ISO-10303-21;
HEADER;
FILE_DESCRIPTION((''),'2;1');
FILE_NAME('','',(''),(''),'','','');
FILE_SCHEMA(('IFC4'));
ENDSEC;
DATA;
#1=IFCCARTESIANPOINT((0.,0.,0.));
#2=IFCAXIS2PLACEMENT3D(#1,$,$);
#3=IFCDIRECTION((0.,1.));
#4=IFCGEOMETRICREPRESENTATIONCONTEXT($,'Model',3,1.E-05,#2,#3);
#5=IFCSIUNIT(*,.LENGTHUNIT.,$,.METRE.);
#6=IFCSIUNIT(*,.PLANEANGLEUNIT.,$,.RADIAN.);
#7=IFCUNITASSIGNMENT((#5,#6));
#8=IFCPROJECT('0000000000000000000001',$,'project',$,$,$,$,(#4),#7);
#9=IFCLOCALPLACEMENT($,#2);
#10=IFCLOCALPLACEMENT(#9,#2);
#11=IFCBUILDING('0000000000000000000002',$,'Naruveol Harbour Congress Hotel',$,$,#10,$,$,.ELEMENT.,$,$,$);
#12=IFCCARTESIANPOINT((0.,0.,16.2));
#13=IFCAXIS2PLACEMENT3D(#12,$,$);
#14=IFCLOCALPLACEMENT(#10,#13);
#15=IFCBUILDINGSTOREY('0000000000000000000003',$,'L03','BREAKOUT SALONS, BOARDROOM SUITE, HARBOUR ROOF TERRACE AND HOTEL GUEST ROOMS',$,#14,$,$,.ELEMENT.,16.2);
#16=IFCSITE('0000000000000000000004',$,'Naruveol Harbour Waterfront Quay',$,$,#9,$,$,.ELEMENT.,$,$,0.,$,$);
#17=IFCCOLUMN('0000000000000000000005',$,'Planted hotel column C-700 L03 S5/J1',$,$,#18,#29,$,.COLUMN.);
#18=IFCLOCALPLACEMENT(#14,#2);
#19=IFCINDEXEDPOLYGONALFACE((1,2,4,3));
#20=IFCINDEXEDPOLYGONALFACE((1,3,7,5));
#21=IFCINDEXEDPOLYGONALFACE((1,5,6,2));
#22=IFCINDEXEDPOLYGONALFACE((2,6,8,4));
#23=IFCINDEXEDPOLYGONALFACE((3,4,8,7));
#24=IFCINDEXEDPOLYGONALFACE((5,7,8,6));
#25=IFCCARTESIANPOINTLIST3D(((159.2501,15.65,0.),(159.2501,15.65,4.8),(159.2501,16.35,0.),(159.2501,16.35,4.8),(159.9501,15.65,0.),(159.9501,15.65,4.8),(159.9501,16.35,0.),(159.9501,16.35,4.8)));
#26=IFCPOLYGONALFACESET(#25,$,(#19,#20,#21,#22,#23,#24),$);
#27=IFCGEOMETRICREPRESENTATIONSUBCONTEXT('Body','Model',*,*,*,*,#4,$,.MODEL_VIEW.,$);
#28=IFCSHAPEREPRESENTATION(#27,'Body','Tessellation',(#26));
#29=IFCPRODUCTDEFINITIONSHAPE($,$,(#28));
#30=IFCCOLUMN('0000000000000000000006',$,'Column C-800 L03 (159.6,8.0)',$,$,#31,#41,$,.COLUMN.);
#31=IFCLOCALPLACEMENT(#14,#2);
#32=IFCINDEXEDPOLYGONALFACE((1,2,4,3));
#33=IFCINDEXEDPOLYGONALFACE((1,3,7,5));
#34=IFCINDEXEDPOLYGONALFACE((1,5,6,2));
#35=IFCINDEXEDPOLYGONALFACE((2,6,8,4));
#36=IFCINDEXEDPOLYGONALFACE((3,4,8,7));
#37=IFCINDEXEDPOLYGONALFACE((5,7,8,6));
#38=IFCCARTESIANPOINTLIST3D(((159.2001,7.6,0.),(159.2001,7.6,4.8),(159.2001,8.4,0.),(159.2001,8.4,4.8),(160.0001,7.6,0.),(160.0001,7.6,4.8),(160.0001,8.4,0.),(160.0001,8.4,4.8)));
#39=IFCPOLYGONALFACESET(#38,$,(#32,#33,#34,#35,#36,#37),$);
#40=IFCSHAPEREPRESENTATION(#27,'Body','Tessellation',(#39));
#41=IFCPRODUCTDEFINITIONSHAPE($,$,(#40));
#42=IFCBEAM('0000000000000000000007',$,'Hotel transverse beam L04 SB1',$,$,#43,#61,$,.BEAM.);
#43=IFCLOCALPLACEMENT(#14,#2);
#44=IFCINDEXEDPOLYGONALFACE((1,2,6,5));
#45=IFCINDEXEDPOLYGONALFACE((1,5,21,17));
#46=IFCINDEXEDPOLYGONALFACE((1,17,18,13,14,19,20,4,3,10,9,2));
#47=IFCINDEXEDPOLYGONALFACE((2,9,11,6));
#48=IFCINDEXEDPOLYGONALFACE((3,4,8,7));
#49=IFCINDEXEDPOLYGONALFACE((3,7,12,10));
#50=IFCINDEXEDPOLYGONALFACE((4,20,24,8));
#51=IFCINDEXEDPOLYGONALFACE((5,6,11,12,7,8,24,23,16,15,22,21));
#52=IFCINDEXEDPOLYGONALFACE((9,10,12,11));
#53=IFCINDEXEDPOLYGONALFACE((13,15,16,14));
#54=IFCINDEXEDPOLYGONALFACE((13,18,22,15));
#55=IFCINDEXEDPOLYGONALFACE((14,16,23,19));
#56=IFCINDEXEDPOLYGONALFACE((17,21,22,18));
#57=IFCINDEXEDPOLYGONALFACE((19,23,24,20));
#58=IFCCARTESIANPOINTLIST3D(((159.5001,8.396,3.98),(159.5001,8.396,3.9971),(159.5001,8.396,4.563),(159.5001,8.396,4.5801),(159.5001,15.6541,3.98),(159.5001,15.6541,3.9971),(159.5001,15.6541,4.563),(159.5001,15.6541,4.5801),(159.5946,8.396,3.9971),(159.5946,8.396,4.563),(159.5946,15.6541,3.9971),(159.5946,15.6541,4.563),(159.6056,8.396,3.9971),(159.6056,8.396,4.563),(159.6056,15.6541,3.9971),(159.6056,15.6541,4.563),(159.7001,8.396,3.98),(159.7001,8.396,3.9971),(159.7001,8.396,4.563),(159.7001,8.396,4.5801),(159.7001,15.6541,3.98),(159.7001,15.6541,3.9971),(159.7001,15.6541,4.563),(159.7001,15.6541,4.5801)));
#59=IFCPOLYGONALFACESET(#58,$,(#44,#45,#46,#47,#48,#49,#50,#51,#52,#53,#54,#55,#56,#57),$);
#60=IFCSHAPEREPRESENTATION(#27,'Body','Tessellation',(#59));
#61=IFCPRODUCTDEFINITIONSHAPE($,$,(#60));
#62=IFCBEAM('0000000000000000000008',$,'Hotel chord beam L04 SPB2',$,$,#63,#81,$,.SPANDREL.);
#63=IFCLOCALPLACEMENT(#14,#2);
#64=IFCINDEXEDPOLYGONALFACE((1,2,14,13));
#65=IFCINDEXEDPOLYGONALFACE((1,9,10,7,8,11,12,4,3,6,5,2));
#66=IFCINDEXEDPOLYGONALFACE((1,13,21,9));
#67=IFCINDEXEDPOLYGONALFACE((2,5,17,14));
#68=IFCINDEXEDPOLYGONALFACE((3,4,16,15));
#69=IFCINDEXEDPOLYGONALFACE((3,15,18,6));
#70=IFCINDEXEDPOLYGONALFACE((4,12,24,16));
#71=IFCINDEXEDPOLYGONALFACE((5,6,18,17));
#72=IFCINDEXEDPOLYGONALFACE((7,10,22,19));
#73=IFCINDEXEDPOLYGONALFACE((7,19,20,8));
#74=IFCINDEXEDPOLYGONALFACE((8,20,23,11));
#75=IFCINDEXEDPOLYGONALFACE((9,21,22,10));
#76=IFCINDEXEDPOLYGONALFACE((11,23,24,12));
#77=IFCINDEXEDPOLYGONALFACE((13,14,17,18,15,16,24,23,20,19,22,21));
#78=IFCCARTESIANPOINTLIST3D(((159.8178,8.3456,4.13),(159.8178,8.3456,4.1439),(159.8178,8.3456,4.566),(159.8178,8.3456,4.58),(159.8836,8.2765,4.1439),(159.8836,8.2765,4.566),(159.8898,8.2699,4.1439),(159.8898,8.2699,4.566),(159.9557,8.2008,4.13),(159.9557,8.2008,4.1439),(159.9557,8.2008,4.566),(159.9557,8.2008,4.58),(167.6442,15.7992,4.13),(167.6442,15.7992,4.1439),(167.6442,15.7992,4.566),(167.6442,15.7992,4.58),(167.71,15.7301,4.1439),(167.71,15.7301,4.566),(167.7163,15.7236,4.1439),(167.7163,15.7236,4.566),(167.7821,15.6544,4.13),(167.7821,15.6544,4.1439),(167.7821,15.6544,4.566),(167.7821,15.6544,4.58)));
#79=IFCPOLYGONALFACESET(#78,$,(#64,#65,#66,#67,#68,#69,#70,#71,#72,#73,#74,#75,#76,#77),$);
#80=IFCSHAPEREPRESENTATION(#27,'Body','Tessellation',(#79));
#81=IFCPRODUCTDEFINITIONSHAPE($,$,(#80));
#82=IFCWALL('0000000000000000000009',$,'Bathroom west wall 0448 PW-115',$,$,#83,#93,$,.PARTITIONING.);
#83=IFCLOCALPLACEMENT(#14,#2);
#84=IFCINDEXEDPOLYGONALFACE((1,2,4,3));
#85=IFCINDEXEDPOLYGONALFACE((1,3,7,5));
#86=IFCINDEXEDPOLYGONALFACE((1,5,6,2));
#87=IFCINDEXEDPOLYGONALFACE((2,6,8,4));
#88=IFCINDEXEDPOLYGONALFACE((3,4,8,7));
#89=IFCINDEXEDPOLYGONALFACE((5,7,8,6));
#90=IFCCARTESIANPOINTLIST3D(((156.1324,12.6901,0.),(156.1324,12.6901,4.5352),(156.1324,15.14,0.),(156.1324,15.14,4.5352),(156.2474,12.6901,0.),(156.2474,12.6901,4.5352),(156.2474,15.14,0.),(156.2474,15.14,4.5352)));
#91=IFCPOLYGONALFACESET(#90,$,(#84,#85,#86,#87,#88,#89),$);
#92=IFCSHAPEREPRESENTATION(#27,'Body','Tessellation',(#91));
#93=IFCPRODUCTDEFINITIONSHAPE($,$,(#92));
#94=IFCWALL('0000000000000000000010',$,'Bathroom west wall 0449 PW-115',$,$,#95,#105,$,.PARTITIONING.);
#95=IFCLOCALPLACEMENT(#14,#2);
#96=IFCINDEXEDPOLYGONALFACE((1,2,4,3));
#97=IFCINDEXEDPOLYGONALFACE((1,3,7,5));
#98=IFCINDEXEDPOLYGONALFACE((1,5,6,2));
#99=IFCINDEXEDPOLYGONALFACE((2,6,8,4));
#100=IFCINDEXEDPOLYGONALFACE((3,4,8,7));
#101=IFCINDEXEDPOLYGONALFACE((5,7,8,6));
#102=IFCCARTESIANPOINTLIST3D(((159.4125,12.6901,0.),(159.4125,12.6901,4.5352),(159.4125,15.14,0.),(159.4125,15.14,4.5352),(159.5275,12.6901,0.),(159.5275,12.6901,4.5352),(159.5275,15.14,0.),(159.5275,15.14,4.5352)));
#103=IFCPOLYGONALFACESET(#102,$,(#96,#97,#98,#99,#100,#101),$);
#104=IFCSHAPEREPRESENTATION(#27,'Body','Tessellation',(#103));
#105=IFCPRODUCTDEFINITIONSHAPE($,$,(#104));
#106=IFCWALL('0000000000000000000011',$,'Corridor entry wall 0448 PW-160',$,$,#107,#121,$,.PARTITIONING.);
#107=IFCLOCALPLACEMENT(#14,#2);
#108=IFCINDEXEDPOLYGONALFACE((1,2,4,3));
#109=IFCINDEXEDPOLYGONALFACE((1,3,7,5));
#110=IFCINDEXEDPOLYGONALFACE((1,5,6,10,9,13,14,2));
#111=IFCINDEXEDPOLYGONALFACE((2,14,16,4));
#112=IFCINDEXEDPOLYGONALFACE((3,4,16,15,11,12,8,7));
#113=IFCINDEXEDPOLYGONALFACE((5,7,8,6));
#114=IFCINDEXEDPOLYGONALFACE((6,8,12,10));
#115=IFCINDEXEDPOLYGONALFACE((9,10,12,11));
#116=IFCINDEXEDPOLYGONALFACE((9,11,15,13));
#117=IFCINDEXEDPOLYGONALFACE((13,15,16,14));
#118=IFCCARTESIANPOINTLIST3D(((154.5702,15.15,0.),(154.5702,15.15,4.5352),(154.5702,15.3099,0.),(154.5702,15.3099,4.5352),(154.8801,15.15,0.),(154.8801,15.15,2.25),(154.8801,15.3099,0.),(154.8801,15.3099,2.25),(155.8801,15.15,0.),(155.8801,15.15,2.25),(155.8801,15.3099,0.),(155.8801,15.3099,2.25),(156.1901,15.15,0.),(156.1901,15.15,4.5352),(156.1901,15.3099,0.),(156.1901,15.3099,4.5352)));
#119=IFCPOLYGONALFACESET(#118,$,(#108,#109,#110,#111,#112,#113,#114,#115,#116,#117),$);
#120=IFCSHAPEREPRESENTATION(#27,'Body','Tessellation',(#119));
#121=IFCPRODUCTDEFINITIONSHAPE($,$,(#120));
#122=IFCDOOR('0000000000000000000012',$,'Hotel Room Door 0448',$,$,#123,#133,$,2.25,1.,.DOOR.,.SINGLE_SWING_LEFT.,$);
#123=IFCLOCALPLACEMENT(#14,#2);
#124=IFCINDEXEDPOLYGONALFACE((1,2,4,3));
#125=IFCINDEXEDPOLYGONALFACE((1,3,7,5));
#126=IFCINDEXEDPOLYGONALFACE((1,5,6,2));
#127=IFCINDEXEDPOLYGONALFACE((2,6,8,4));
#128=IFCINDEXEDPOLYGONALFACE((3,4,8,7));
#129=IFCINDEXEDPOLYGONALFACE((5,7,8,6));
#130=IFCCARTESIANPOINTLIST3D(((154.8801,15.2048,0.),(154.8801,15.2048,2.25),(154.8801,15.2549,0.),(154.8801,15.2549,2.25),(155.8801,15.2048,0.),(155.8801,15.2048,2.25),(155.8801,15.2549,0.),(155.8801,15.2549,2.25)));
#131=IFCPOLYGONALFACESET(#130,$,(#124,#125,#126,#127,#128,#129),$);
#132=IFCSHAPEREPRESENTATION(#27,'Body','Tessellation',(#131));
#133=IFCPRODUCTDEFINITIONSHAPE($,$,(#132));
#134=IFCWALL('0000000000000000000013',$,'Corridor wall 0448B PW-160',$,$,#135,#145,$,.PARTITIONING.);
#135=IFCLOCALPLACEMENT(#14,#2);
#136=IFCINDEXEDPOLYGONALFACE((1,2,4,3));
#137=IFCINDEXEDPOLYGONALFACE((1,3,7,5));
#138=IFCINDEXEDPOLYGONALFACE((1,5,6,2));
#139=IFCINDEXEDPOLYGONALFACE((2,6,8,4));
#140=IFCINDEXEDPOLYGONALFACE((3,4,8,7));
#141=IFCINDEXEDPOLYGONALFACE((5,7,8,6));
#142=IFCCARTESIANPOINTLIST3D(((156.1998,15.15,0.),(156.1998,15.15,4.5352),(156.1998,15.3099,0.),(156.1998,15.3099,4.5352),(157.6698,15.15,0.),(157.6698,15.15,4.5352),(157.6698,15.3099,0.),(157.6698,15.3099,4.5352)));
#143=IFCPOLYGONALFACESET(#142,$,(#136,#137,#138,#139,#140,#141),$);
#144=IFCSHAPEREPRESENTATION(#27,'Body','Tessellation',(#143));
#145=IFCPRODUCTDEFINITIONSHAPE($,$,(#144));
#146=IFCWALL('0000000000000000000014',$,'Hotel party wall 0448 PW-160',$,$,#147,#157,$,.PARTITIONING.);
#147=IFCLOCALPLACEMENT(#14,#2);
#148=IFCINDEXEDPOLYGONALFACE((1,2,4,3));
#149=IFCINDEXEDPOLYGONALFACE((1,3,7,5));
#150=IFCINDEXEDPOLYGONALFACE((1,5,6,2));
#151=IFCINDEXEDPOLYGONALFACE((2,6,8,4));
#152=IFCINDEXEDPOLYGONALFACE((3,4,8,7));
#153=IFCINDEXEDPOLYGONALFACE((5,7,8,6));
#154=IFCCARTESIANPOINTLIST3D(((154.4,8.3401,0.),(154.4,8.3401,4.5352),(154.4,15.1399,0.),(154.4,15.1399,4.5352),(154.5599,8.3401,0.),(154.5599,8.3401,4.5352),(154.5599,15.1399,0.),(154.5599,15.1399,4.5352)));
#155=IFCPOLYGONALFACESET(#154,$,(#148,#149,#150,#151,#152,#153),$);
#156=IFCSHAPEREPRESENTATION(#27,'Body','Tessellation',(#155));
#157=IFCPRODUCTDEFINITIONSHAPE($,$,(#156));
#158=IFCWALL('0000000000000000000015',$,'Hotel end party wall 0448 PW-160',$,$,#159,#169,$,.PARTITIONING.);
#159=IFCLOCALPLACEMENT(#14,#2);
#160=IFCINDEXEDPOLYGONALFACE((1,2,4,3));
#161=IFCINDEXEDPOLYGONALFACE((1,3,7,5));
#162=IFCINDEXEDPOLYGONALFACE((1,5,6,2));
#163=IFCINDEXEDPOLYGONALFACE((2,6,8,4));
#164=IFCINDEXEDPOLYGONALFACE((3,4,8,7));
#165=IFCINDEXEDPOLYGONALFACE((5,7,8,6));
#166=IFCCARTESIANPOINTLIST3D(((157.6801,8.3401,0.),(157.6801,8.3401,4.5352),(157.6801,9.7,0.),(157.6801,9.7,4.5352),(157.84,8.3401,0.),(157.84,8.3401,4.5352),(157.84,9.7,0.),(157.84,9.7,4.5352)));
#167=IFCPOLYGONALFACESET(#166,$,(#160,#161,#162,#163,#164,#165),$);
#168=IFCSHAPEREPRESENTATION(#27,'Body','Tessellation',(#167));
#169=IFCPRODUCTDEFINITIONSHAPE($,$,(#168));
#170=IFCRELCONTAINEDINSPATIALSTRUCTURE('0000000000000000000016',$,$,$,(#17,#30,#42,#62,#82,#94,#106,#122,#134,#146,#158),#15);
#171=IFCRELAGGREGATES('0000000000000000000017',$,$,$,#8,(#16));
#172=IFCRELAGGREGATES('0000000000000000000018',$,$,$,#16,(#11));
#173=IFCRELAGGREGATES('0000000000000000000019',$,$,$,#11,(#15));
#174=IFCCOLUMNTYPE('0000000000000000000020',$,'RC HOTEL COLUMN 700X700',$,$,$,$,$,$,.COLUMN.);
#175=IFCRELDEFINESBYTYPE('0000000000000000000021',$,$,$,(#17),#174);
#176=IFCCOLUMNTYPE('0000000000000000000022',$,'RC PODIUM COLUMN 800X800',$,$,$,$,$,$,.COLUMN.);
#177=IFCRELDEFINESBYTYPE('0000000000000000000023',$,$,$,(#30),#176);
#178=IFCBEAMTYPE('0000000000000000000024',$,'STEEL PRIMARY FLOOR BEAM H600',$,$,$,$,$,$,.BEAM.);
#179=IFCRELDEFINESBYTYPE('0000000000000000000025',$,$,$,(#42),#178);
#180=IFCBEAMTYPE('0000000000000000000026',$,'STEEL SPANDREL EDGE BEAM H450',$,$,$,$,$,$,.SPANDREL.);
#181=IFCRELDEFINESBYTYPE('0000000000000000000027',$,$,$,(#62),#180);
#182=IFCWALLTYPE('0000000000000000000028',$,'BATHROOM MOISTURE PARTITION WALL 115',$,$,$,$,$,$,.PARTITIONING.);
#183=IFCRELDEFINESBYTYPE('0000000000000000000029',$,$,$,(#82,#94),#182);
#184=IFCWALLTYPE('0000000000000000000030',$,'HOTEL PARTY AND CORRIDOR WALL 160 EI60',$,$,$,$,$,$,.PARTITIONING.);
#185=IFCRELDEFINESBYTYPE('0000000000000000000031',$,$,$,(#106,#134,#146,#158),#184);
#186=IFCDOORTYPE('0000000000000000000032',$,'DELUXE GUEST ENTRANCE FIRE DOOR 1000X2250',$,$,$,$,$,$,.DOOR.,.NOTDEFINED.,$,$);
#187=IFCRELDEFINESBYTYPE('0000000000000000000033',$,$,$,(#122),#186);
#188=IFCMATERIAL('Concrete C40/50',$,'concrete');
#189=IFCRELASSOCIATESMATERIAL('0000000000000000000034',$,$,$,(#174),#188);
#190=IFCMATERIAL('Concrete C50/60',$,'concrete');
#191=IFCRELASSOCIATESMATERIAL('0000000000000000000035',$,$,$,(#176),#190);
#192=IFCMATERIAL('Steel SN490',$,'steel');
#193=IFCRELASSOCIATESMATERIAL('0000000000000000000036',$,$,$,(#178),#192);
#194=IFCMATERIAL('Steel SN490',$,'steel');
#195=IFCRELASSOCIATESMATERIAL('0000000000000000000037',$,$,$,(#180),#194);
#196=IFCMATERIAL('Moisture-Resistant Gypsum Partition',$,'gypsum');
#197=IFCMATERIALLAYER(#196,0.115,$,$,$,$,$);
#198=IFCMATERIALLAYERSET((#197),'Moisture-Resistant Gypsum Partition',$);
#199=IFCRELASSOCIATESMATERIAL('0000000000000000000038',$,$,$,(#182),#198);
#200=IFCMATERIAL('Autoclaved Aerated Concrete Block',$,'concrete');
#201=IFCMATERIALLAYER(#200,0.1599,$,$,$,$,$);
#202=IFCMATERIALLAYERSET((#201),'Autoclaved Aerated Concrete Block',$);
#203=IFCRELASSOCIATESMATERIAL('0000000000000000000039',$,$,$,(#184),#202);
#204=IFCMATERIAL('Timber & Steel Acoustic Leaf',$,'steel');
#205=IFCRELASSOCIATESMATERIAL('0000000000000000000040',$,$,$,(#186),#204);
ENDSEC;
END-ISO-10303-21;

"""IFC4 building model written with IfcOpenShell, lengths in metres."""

from ifc_helpers import new_model, si_unit, direction, frame, frame_2d, origin, origin_2d, place, context, subcontext, project, spatial, rectangle, i_section, extrude, material, layer, layer_set, material_profile, profile_set, type_object, element, fill, save


model = new_model("IFC4")

# Units and contexts
model_context = context("Model", 3, precision=1e-05, world=origin(), true_north=direction((0.0, 1.0)))
body_context = subcontext(model_context, "Body", "Model", "MODEL_VIEW")
ifc_project = project(units=[si_unit("LENGTHUNIT", "METRE"), si_unit("PLANEANGLEUNIT", "RADIAN")], contexts=[model_context])

# Site, building, storey
site_placement = place(None, origin())
site = spatial("IfcSite", under=ifc_project, at=site_placement, Name="Naruveol Harbour Waterfront Quay", CompositionType="ELEMENT", RefElevation=0.0)
building_placement = place(site_placement, origin())
building = spatial("IfcBuilding", under=site, at=building_placement, Name="Naruveol Harbour Congress Hotel", CompositionType="ELEMENT")
storey_placement = place(building_placement, frame((0.0, 0.0, 16.2)))
storey = spatial("IfcBuildingStorey", under=building, at=storey_placement, Name="L03", Description="BREAKOUT SALONS, BOARDROOM SUITE, HARBOUR ROOF TERRACE AND HOTEL GUEST ROOMS", CompositionType="ELEMENT", Elevation=16.2)

# Columns
ifc_material_1 = material(Name="Concrete C40/50", Category="concrete")
ifc_material_profile_1 = material_profile(ifc_material_1, rectangle(XDim=0.7, YDim=0.7, at=origin_2d()), Name="RC-700x700")
ifc_profile_set_1 = profile_set([ifc_material_profile_1], Name="Concrete C40/50")
column_type_1 = type_object("IfcColumnType", Name="RC HOTEL COLUMN 700X700", PredefinedType="COLUMN", material=ifc_profile_set_1)
column_1_placement = place(storey_placement, frame((159.6001, 16.0, 0.0), z_axis=(0.0, 0.0, 1.0), x_axis=(1.0, 0.0, 0.0)))
element("IfcColumn", 1, at=column_1_placement, inside=storey, type_object=column_type_1, Name="Planted hotel column C-700 L03 S5/J1", PredefinedType="COLUMN", context=body_context, shape_type="SweptSolid", body=[
    extrude(rectangle(XDim=0.7, YDim=0.7, at=origin_2d()), origin(), (0.0, 0.0, 1.0), 4.8),
])
ifc_material_2 = material(Name="Concrete C50/60", Category="concrete")
ifc_material_profile_2 = material_profile(ifc_material_2, rectangle(XDim=0.8, YDim=0.8, at=origin_2d()), Name="RC-800x800")
ifc_profile_set_2 = profile_set([ifc_material_profile_2], Name="Concrete C50/60")
column_type_2 = type_object("IfcColumnType", Name="RC PODIUM COLUMN 800X800", PredefinedType="COLUMN", material=ifc_profile_set_2)
column_2_placement = place(storey_placement, frame((159.6001, 8.0, 0.0), z_axis=(0.0, 0.0, 1.0), x_axis=(1.0, 0.0, 0.0)))
element("IfcColumn", 2, at=column_2_placement, inside=storey, type_object=column_type_2, Name="Column C-800 L03 (159.6,8.0)", PredefinedType="COLUMN", context=body_context, shape_type="SweptSolid", body=[
    extrude(rectangle(XDim=0.8, YDim=0.8, at=origin_2d()), origin(), (0.0, 0.0, 1.0), 4.8),
])

# Beams
ifc_material_3 = material(Name="Steel SN490", Category="steel")
ifc_material_profile_3 = material_profile(ifc_material_3, i_section(OverallWidth=0.2, OverallDepth=0.6001, WebThickness=0.011, FlangeThickness=0.0171, at=origin_2d()), Name="H-600x200x11x17")
ifc_profile_set_3 = profile_set([ifc_material_profile_3], Name="Steel SN490")
beam_type_1 = type_object("IfcBeamType", Name="STEEL PRIMARY FLOOR BEAM H600", PredefinedType="BEAM", material=ifc_profile_set_3)
beam_1_placement = place(storey_placement, frame((159.6001, 8.396, 4.28), z_axis=(0.0, 1.0, 0.0), x_axis=(-1.0, 0.0, 0.0)))
element("IfcBeam", 3, at=beam_1_placement, inside=storey, type_object=beam_type_1, Name="Hotel transverse beam L04 SB1", PredefinedType="BEAM", context=body_context, shape_type="SweptSolid", body=[
    extrude(i_section(OverallWidth=0.2, OverallDepth=0.6001, WebThickness=0.011, FlangeThickness=0.0171, at=origin_2d()), origin(), (0.0, 0.0, 1.0), 7.2581),
])
ifc_material_4 = material(Name="Steel SN490", Category="steel")
ifc_material_profile_4 = material_profile(ifc_material_4, i_section(OverallWidth=0.2, OverallDepth=0.45, WebThickness=0.009, FlangeThickness=0.0139, at=origin_2d()), Name="H-450x200x9x14")
ifc_profile_set_4 = profile_set([ifc_material_profile_4], Name="Steel SN490")
beam_type_2 = type_object("IfcBeamType", Name="STEEL SPANDREL EDGE BEAM H450", PredefinedType="SPANDREL", material=ifc_profile_set_4)
beam_2_placement = place(storey_placement, frame((159.8867, 8.2732, 4.355), z_axis=(0.724143, 0.68965, 0.0), x_axis=(-0.68965, 0.724143, 0.0)))
element("IfcBeam", 4, at=beam_2_placement, inside=storey, type_object=beam_type_2, Name="Hotel chord beam L04 SPB2", PredefinedType="SPANDREL", context=body_context, shape_type="SweptSolid", body=[
    extrude(i_section(OverallWidth=0.2, OverallDepth=0.45, WebThickness=0.009, FlangeThickness=0.0139, at=origin_2d()), origin(), (0.0, 0.0, 1.0), 10.8079),
])

# Wall
ifc_material_5 = material(Name="Moisture-Resistant Gypsum Partition", Category="gypsum")
ifc_layer_1 = layer(ifc_material_5, 0.115)
ifc_layer_set_1 = layer_set([ifc_layer_1], Name="Moisture-Resistant Gypsum Partition")
wall_type_1 = type_object("IfcWallType", Name="BATHROOM MOISTURE PARTITION WALL 115", PredefinedType="PARTITIONING", material=ifc_layer_set_1)
wall_1_placement = place(storey_placement, frame((156.1899, 12.6899, 0.0), z_axis=(0.0, 0.0, 1.0), x_axis=(0.0, 1.0, 0.0)))
element("IfcWall", 5, at=wall_1_placement, inside=storey, type_object=wall_type_1, Name="Bathroom west wall 0448 PW-115", PredefinedType="PARTITIONING", context=body_context, shape_type="SweptSolid", body=[
    extrude(rectangle(XDim=2.45, YDim=0.115, at=frame_2d((1.2251, 0.0))), origin(), (0.0, 0.0, 1.0), 4.5352),
])

# Wall
wall_2_placement = place(storey_placement, frame((159.47, 12.6899, 0.0), z_axis=(0.0, 0.0, 1.0), x_axis=(0.0, 1.0, 0.0)))
element("IfcWall", 6, at=wall_2_placement, inside=storey, type_object=wall_type_1, Name="Bathroom west wall 0449 PW-115", PredefinedType="PARTITIONING", context=body_context, shape_type="SweptSolid", body=[
    extrude(rectangle(XDim=2.45, YDim=0.115, at=frame_2d((1.2251, 0.0))), origin(), (0.0, 0.0, 1.0), 4.5352),
])

# Wall, opening, door
ifc_material_6 = material(Name="Autoclaved Aerated Concrete Block", Category="concrete")
ifc_layer_2 = layer(ifc_material_6, 0.1599)
ifc_layer_set_2 = layer_set([ifc_layer_2], Name="Autoclaved Aerated Concrete Block")
wall_type_2 = type_object("IfcWallType", Name="HOTEL PARTY AND CORRIDOR WALL 160 EI60", PredefinedType="PARTITIONING", material=ifc_layer_set_2)
wall_3_placement = place(storey_placement, frame((154.5701, 15.23, 0.0), z_axis=(0.0, 0.0, 1.0), x_axis=(1.0, 0.0, 0.0)))
wall_3 = element("IfcWall", 7, at=wall_3_placement, inside=storey, type_object=wall_type_2, Name="Corridor entry wall 0448 PW-160", PredefinedType="PARTITIONING", context=body_context, shape_type="SweptSolid", body=[
    extrude(rectangle(XDim=1.6199, YDim=0.1599, at=frame_2d((0.8101, 0.0))), origin(), (0.0, 0.0, 1.0), 4.5352),
])
opening_1_placement = place(wall_3_placement, frame((0.3101, 0.0, 0.0)))
opening_1 = element("IfcOpeningElement", 8, at=opening_1_placement, cuts=wall_3, PredefinedType="OPENING", context=body_context, shape_type="SweptSolid", body=[
    extrude(rectangle(XDim=1.0, YDim=2.25, at=frame_2d((0.5, 1.125))), frame((0.0, 0.0898, 0.0), z_axis=(0.0, -1.0, 0.0), x_axis=(1.0, 0.0, 0.0)), (0.0, 0.0, 1.0), 0.1799),
])
ifc_material_7 = material(Name="Timber & Steel Acoustic Leaf", Category="steel")
door_type_1 = type_object("IfcDoorType", Name="DELUXE GUEST ENTRANCE FIRE DOOR 1000X2250", OperationType="NOTDEFINED", PredefinedType="DOOR", material=ifc_material_7)
door_1_placement = place(opening_1_placement, origin())
door_1 = element("IfcDoor", 9, at=door_1_placement, inside=storey, type_object=door_type_1, Name="Hotel Room Door 0448", OperationType="SINGLE_SWING_LEFT", OverallHeight=2.25, OverallWidth=1.0, PredefinedType="DOOR", context=body_context, shape_type="SweptSolid", body=[
    extrude(rectangle(XDim=1.0, YDim=2.25, at=frame_2d((0.5, 1.125))), frame((0.0, 0.0249, 0.0), z_axis=(0.0, -1.0, 0.0), x_axis=(1.0, 0.0, 0.0)), (0.0, 0.0, 1.0), 0.05),
])
fill(opening_1, door_1)

# Walls
wall_4_placement = place(storey_placement, frame((156.2, 15.23, 0.0), z_axis=(0.0, 0.0, 1.0), x_axis=(1.0, 0.0, 0.0)))
element("IfcWall", 10, at=wall_4_placement, inside=storey, type_object=wall_type_2, Name="Corridor wall 0448B PW-160", PredefinedType="PARTITIONING", context=body_context, shape_type="SweptSolid", body=[
    extrude(rectangle(XDim=1.47, YDim=0.1599, at=frame_2d((0.7349, 0.0))), origin(), (0.0, 0.0, 1.0), 4.5352),
])
wall_5_placement = place(storey_placement, frame((154.48, 8.3401, 0.0), z_axis=(0.0, 0.0, 1.0), x_axis=(0.0, 1.0, 0.0)))
element("IfcWall", 11, at=wall_5_placement, inside=storey, type_object=wall_type_2, Name="Hotel party wall 0448 PW-160", PredefinedType="PARTITIONING", context=body_context, shape_type="SweptSolid", body=[
    extrude(rectangle(XDim=6.7998, YDim=0.1599, at=frame_2d((3.3999, 0.0))), origin(), (0.0, 0.0, 1.0), 4.5352),
])
wall_6_placement = place(storey_placement, frame((157.76, 8.3401, 0.0), z_axis=(0.0, 0.0, 1.0), x_axis=(0.0, 1.0, 0.0)))
element("IfcWall", 12, at=wall_6_placement, inside=storey, type_object=wall_type_2, Name="Hotel end party wall 0448 PW-160", PredefinedType="PARTITIONING", context=body_context, shape_type="SweptSolid", body=[
    extrude(rectangle(XDim=1.3599, YDim=0.1599, at=frame_2d((0.6799, 0.0))), origin(), (0.0, 0.0, 1.0), 4.5352),
])

save(model, "model.ifc")
